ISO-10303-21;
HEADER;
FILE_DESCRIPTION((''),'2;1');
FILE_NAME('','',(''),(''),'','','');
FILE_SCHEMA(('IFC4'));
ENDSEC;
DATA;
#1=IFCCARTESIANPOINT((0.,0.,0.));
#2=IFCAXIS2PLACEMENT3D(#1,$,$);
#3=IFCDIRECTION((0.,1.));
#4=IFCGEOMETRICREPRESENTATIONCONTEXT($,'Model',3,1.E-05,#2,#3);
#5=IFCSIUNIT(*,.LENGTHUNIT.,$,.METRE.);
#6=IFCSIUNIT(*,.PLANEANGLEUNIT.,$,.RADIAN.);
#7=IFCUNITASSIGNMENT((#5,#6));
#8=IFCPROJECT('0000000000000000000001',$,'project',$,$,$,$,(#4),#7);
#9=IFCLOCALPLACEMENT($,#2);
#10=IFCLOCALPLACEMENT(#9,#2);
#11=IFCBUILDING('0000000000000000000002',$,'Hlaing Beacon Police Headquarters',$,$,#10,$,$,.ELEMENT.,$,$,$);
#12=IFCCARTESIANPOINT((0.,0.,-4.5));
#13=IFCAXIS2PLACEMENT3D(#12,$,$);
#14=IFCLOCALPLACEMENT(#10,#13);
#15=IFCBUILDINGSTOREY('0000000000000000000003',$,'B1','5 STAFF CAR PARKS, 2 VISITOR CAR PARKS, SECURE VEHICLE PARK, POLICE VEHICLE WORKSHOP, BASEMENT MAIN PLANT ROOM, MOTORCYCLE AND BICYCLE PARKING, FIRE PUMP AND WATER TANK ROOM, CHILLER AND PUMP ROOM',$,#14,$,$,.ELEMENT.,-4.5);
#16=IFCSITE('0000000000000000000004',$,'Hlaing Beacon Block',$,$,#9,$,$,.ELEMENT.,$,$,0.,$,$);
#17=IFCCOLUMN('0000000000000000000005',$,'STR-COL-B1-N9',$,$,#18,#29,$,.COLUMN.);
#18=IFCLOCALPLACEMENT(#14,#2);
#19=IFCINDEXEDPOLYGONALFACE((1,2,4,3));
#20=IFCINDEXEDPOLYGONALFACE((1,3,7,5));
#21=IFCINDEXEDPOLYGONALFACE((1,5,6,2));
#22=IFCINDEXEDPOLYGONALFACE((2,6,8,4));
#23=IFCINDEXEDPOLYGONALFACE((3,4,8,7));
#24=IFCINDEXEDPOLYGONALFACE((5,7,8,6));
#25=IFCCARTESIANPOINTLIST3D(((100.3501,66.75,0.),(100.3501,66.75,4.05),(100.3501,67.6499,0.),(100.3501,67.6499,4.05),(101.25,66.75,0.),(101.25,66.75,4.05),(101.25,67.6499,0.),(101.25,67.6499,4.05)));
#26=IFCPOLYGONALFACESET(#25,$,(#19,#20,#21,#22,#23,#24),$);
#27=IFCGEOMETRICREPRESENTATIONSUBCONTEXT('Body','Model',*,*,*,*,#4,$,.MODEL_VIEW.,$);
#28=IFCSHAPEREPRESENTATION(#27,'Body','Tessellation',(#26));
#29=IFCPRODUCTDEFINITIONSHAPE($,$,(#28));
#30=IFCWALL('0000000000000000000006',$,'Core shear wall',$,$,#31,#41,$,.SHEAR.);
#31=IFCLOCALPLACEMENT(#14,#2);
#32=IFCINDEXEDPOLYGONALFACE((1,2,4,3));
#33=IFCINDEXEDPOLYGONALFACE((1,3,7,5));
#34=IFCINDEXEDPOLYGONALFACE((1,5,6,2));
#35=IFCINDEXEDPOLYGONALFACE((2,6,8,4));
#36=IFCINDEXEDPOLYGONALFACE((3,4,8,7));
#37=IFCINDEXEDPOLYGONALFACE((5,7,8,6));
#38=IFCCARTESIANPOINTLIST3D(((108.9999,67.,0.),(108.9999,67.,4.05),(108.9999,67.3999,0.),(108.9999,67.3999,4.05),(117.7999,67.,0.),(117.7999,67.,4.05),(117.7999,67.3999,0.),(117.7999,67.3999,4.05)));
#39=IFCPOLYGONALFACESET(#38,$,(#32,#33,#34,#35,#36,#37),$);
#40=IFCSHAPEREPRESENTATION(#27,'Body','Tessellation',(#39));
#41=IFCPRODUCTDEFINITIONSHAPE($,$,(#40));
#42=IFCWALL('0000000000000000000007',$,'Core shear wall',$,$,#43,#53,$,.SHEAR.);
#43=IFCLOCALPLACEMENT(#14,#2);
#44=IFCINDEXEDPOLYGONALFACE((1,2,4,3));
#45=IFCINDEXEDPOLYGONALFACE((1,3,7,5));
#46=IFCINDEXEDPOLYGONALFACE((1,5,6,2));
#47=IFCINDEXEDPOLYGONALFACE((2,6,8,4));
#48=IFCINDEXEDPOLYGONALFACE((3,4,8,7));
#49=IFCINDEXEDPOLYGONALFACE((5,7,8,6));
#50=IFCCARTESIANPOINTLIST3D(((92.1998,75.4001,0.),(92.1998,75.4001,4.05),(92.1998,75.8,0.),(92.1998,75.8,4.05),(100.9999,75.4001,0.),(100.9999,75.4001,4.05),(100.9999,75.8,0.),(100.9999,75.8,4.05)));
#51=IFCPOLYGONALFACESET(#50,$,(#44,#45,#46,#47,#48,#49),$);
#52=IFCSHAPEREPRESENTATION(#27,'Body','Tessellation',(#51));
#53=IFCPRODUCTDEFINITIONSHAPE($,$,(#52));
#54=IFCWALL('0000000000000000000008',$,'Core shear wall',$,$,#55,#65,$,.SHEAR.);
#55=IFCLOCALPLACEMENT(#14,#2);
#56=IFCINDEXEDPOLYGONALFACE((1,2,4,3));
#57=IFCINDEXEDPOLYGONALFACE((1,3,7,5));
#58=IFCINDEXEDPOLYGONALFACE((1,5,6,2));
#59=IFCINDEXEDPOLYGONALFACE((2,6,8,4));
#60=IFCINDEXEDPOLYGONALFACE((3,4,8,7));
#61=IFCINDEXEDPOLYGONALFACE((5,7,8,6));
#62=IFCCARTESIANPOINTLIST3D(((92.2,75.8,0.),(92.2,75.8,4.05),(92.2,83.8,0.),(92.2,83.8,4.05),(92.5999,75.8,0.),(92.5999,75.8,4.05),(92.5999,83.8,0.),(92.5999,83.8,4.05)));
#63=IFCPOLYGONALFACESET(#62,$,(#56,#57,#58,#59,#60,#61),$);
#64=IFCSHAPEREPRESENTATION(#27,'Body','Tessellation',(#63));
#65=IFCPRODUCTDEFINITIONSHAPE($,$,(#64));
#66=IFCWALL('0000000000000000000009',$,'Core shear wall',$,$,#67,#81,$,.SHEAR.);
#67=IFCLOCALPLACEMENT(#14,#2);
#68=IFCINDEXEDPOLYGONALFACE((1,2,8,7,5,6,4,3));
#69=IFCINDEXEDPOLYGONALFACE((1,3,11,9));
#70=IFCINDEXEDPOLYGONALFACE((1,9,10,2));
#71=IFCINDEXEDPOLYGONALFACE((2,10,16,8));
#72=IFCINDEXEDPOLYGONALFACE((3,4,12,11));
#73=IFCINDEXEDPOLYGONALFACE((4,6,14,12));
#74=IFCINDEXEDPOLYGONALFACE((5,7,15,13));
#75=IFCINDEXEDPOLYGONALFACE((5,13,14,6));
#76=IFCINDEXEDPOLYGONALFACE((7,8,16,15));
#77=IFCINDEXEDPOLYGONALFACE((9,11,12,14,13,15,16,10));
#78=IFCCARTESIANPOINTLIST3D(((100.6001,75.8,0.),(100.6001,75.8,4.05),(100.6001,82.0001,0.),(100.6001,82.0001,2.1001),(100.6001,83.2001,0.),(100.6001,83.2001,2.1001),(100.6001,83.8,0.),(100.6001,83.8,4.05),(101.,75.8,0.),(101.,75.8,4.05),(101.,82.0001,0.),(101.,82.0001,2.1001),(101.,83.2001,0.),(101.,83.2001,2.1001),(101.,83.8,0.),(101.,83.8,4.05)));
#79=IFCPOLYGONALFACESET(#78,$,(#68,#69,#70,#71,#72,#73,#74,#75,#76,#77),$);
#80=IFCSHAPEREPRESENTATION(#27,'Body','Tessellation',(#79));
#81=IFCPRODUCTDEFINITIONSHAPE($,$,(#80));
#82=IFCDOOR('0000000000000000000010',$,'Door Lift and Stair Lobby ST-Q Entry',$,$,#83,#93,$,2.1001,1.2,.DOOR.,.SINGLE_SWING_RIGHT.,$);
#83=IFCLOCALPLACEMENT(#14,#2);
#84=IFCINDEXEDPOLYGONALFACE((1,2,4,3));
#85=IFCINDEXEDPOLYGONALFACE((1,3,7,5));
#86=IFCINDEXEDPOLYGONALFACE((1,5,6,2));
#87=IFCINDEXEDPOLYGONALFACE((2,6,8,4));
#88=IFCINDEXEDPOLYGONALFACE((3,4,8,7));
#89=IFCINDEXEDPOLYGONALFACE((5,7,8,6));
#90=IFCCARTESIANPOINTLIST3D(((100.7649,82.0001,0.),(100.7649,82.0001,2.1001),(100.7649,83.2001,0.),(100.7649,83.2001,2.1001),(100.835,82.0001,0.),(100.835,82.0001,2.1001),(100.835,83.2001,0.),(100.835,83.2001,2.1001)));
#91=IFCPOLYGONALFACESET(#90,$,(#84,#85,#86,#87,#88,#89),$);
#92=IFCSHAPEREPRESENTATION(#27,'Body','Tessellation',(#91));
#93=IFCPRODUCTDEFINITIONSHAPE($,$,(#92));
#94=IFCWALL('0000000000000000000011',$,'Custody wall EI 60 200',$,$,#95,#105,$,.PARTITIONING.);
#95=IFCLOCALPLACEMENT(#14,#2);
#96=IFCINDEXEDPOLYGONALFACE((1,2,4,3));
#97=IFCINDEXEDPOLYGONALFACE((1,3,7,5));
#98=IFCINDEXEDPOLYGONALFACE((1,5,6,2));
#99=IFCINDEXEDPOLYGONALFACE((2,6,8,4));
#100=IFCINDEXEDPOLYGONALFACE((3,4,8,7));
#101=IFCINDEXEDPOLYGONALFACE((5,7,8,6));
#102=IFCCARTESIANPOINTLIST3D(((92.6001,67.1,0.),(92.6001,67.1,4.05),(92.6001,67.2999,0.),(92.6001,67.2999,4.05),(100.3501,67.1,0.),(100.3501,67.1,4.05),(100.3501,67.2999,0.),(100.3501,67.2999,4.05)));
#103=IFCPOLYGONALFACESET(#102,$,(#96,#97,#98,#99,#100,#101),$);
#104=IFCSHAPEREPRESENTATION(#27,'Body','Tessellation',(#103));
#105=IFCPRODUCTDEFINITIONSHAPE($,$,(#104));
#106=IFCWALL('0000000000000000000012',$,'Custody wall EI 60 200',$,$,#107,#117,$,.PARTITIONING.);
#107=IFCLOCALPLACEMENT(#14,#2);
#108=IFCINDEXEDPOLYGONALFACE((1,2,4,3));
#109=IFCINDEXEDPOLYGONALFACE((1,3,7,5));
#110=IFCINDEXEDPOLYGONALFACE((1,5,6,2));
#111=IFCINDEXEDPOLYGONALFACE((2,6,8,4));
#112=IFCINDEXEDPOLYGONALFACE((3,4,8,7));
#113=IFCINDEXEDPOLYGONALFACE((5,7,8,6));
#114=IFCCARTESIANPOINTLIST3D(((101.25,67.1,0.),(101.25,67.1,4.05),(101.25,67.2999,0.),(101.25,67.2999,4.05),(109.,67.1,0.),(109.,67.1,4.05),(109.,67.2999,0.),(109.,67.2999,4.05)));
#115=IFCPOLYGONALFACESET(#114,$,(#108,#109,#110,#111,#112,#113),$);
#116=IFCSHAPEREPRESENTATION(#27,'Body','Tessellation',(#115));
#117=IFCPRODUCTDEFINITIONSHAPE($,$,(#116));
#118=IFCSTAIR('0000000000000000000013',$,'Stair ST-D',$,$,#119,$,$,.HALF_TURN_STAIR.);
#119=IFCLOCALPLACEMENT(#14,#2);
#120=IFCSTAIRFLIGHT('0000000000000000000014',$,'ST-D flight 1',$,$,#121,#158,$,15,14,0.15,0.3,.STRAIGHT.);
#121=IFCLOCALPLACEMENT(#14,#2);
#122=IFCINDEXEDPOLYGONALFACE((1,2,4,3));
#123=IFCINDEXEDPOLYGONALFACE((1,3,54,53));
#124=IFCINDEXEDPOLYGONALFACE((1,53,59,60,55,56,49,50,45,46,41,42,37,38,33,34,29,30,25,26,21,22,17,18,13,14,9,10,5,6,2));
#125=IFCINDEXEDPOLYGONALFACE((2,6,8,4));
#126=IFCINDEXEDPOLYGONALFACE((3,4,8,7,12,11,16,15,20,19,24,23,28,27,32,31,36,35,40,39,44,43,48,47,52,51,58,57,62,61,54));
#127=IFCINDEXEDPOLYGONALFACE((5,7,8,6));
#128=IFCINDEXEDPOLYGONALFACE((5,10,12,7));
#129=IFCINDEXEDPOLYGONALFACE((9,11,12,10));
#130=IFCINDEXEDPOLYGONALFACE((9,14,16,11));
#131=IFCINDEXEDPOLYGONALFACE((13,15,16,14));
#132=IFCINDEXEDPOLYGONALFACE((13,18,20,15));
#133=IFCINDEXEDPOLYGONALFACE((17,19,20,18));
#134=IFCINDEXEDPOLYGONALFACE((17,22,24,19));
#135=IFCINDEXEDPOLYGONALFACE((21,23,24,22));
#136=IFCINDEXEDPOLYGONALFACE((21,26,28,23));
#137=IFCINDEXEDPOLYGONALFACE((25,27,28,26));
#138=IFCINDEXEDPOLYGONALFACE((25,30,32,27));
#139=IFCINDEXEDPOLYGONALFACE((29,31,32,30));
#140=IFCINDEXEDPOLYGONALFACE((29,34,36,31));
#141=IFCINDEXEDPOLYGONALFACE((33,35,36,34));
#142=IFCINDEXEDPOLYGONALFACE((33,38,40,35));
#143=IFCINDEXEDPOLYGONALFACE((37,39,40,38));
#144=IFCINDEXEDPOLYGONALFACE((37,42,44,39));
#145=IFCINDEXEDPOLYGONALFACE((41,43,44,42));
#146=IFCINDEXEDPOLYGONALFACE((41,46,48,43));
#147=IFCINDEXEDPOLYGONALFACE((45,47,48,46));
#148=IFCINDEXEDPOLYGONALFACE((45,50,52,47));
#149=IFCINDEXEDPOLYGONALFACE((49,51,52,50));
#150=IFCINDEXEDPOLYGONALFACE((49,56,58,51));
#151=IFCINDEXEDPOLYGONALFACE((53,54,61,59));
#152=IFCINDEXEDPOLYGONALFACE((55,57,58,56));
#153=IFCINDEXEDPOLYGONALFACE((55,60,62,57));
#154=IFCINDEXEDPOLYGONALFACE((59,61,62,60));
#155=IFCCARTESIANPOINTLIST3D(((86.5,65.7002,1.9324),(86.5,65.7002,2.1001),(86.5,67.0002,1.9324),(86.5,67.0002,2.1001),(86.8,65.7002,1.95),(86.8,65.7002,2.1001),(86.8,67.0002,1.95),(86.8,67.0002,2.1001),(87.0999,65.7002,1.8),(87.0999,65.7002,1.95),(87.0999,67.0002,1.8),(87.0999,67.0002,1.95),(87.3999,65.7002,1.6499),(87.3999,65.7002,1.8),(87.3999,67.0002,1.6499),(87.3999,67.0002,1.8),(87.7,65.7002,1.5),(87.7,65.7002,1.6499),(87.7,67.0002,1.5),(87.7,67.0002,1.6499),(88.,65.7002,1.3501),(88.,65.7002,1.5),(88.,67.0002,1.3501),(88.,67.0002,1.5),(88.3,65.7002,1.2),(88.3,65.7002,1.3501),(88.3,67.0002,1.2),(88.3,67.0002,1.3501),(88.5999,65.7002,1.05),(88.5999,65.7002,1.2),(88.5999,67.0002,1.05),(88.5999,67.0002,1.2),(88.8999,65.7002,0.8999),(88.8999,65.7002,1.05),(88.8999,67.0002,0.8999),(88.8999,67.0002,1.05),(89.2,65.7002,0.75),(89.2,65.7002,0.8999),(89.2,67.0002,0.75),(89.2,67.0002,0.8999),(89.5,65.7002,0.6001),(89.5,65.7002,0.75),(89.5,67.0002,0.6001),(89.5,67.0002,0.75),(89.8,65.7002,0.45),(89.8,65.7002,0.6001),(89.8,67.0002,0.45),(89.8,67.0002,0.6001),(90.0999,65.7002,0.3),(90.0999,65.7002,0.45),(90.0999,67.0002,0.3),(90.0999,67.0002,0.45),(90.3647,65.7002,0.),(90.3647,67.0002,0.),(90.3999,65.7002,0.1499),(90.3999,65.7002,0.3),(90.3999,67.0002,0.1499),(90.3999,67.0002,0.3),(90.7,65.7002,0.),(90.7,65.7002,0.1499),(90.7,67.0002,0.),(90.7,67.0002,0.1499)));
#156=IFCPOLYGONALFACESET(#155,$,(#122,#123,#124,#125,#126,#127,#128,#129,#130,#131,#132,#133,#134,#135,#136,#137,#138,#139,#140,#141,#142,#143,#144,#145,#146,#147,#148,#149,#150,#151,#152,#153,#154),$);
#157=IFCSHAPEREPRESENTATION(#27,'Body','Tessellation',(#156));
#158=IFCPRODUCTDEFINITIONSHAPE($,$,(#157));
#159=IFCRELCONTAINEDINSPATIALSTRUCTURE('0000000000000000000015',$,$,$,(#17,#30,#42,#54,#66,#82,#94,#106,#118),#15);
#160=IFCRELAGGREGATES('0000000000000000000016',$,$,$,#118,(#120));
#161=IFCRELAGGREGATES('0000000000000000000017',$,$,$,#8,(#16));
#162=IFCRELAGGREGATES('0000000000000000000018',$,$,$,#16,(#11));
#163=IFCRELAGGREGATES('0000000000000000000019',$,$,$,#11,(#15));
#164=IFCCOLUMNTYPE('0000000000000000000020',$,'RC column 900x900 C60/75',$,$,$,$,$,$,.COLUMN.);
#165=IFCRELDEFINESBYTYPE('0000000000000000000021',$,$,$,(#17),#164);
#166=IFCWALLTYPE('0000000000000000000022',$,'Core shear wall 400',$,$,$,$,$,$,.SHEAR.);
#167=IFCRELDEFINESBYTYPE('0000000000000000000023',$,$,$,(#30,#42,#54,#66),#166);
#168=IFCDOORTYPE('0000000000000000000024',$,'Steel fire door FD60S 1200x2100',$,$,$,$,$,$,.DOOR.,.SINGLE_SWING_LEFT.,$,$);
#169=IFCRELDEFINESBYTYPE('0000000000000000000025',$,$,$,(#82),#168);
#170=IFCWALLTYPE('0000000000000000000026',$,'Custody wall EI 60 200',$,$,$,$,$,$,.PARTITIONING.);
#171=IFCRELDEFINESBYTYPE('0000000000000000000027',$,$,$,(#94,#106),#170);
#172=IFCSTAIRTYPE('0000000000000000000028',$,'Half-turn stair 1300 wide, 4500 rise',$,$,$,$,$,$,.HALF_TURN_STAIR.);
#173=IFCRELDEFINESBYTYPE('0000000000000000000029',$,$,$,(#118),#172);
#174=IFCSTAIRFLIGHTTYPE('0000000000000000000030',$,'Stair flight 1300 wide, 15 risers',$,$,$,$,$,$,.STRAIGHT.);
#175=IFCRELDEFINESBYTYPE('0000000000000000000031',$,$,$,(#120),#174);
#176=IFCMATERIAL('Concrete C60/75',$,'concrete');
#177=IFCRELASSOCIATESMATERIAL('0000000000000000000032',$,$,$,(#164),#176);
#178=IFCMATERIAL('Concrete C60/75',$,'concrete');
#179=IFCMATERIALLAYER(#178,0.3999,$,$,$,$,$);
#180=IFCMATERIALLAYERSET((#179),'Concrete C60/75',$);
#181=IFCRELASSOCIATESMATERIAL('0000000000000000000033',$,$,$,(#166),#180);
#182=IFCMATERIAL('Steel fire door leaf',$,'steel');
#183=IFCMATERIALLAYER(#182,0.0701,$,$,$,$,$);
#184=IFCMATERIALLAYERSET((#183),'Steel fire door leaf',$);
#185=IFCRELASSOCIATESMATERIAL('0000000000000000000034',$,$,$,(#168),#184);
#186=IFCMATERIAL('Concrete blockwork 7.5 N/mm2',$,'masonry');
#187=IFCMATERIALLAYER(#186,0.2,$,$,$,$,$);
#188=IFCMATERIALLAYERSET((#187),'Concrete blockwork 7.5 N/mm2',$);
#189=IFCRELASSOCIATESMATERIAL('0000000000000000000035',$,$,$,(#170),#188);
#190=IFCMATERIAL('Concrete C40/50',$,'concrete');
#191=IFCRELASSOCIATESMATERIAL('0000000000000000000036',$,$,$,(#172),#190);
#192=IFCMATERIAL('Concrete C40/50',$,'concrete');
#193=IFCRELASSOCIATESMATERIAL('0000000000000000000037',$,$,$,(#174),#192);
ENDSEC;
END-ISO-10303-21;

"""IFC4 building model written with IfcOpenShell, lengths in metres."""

from ifc_helpers import new_model, si_unit, direction, frame, frame_2d, origin, origin_2d, place, context, subcontext, project, spatial, polyline, rectangle, outline, extrude, material, layer, layer_set, material_profile, profile_set, type_object, element, fill, aggregate, save


model = new_model("IFC4")

# Units and contexts
model_context = context("Model", 3, precision=1e-05, world=origin(), true_north=direction((0.0, 1.0)))
body_context = subcontext(model_context, "Body", "Model", "MODEL_VIEW")
ifc_project = project(units=[si_unit("LENGTHUNIT", "METRE"), si_unit("PLANEANGLEUNIT", "RADIAN")], contexts=[model_context])

# Site, building, storey
site_placement = place(None, origin())
site = spatial("IfcSite", under=ifc_project, at=site_placement, Name="Hlaing Beacon Block", CompositionType="ELEMENT", RefElevation=0.0)
building_placement = place(site_placement, origin())
building = spatial("IfcBuilding", under=site, at=building_placement, Name="Hlaing Beacon Police Headquarters", CompositionType="ELEMENT")
storey_placement = place(building_placement, frame((0.0, 0.0, -4.5)))
storey = spatial("IfcBuildingStorey", under=building, at=storey_placement, Name="B1", Description="5 STAFF CAR PARKS, 2 VISITOR CAR PARKS, SECURE VEHICLE PARK, POLICE VEHICLE WORKSHOP, BASEMENT MAIN PLANT ROOM, MOTORCYCLE AND BICYCLE PARKING, FIRE PUMP AND WATER TANK ROOM, CHILLER AND PUMP ROOM", CompositionType="ELEMENT", Elevation=-4.5)

# Column
ifc_material_1 = material(Name="Concrete C60/75", Category="concrete")
ifc_material_profile_1 = material_profile(ifc_material_1, rectangle(XDim=0.8999, YDim=0.8999, at=origin_2d()), Name="900x900")
ifc_profile_set_1 = profile_set([ifc_material_profile_1], Name="Concrete C60/75")
column_type_1 = type_object("IfcColumnType", Name="RC column 900x900 C60/75", PredefinedType="COLUMN", material=ifc_profile_set_1)
column_1_placement = place(storey_placement, frame((100.8, 67.2, 0.0), z_axis=(0.0, 0.0, 1.0), x_axis=(1.0, 0.0, 0.0)))
element("IfcColumn", 1, at=column_1_placement, inside=storey, type_object=column_type_1, Name="STR-COL-B1-N9", PredefinedType="COLUMN", context=body_context, shape_type="SweptSolid", body=[
    extrude(rectangle(XDim=0.8999, YDim=0.8999, at=origin_2d()), origin(), (0.0, 0.0, 1.0), 4.05),
])

# Walls
ifc_material_2 = material(Name="Concrete C60/75", Category="concrete")
ifc_layer_1 = layer(ifc_material_2, 0.3999)
ifc_layer_set_1 = layer_set([ifc_layer_1], Name="Concrete C60/75")
wall_type_1 = type_object("IfcWallType", Name="Core shear wall 400", PredefinedType="SHEAR", material=ifc_layer_set_1)
for number, where, z_axis, x_axis, name in (
    (2, (109.0, 67.2, 0.0), (0.0, 0.0, 1.0), (1.0, 0.0, 0.0), "Core shear wall"),
    (3, (92.2, 75.6001, 0.0), (0.0, 0.0, 1.0), (1.0, 0.0, 0.0), "Core shear wall"),
):
    element("IfcWall", number, at=place(storey_placement, frame(where, z_axis=z_axis, x_axis=x_axis)), inside=storey, type_object=wall_type_1, Name=name, PredefinedType="SHEAR", context=body_context, shape_type="SweptSolid", body=[
        extrude(rectangle(XDim=8.8, YDim=0.3999, at=frame_2d((4.3999, 0.0))), origin(), (0.0, 0.0, 1.0), 4.05),
    ])
wall_1_placement = place(storey_placement, frame((92.3999, 75.8, 0.0), z_axis=(0.0, 0.0, 1.0), x_axis=(0.0, 1.0, 0.0)))
element("IfcWall", 4, at=wall_1_placement, inside=storey, type_object=wall_type_1, Name="Core shear wall", PredefinedType="SHEAR", context=body_context, shape_type="SweptSolid", body=[
    extrude(rectangle(XDim=8.0, YDim=0.3999, at=frame_2d((4.0, 0.0))), origin(), (0.0, 0.0, 1.0), 4.05),
])

# Wall, opening, door
wall_2_placement = place(storey_placement, frame((100.8, 75.8, 0.0), z_axis=(0.0, 0.0, 1.0), x_axis=(0.0, 1.0, 0.0)))
wall_2 = element("IfcWall", 5, at=wall_2_placement, inside=storey, type_object=wall_type_1, Name="Core shear wall", PredefinedType="SHEAR", context=body_context, shape_type="SweptSolid", body=[
    extrude(rectangle(XDim=8.0, YDim=0.3999, at=frame_2d((4.0, 0.0))), origin(), (0.0, 0.0, 1.0), 4.05),
])
opening_placement = place(wall_2_placement, frame((6.2, 0.0, 0.0)))
opening = element("IfcOpeningElement", 6, at=opening_placement, cuts=wall_2, PredefinedType="OPENING", context=body_context, shape_type="SweptSolid", body=[
    extrude(rectangle(XDim=1.2, YDim=2.1001, at=frame_2d((0.6001, 1.05))), frame((0.0, 0.21, 0.0), z_axis=(0.0, -1.0, 0.0), x_axis=(1.0, 0.0, 0.0)), (0.0, 0.0, 1.0), 0.4199),
])
ifc_material_3 = material(Name="Steel fire door leaf", Category="steel")
ifc_layer_2 = layer(ifc_material_3, 0.0701)
ifc_layer_set_2 = layer_set([ifc_layer_2], Name="Steel fire door leaf")
door_type = type_object("IfcDoorType", Name="Steel fire door FD60S 1200x2100", OperationType="SINGLE_SWING_LEFT", PredefinedType="DOOR", material=ifc_layer_set_2)
door_placement = place(opening_placement, origin())
door = element("IfcDoor", 7, at=door_placement, inside=storey, type_object=door_type, Name="Door Lift and Stair Lobby ST-Q Entry", OperationType="SINGLE_SWING_RIGHT", OverallHeight=2.1001, OverallWidth=1.2, PredefinedType="DOOR", context=body_context, shape_type="SweptSolid", body=[
    extrude(rectangle(XDim=1.2, YDim=2.1001, at=frame_2d((0.6001, 1.05))), frame((0.0, 0.0352, 0.0), z_axis=(0.0, -1.0, 0.0), x_axis=(1.0, 0.0, 0.0)), (0.0, 0.0, 1.0), 0.0701),
])
fill(opening, door)

# Walls
ifc_material_4 = material(Name="Concrete blockwork 7.5 N/mm2", Category="masonry")
ifc_layer_3 = layer(ifc_material_4, 0.2)
ifc_layer_set_3 = layer_set([ifc_layer_3], Name="Concrete blockwork 7.5 N/mm2")
wall_type_2 = type_object("IfcWallType", Name="Custody wall EI 60 200", PredefinedType="PARTITIONING", material=ifc_layer_set_3)
for number, where, z_axis, x_axis, name in (
    (8, (92.6001, 67.2, 0.0), (0.0, 0.0, 1.0), (1.0, 0.0, 0.0), "Custody wall EI 60 200"),
    (9, (101.25, 67.2, 0.0), (0.0, 0.0, 1.0), (1.0, 0.0, 0.0), "Custody wall EI 60 200"),
):
    element("IfcWall", number, at=place(storey_placement, frame(where, z_axis=z_axis, x_axis=x_axis)), inside=storey, type_object=wall_type_2, Name=name, PredefinedType="PARTITIONING", context=body_context, shape_type="SweptSolid", body=[
        extrude(rectangle(XDim=7.75, YDim=0.2, at=frame_2d((3.875, 0.0))), origin(), (0.0, 0.0, 1.0), 4.05),
    ])

# Stair, stair flight
ifc_material_5 = material(Name="Concrete C40/50", Category="concrete")
stair_type = type_object("IfcStairType", Name="Half-turn stair 1300 wide, 4500 rise", PredefinedType="HALF_TURN_STAIR", material=ifc_material_5)
stair_placement = place(storey_placement, origin())
stair = element("IfcStair", 10, at=stair_placement, inside=storey, type_object=stair_type, Name="Stair ST-D", PredefinedType="HALF_TURN_STAIR")
ifc_material_6 = material(Name="Concrete C40/50", Category="concrete")
stair_flight_type = type_object("IfcStairFlightType", Name="Stair flight 1300 wide, 15 risers", PredefinedType="STRAIGHT", material=ifc_material_6)
stair_flight_placement = place(storey_placement, frame((90.7, 66.3501, 0.0), z_axis=(0.0, 0.0, 1.0), x_axis=(-1.0, 0.0, 0.0)))
stair_flight = element("IfcStairFlight", 11, at=stair_flight_placement, type_object=stair_flight_type, Name="ST-D flight 1", NumberOfRisers=15, NumberOfTreads=14, PredefinedType="STRAIGHT", RiserHeight=0.15, TreadLength=0.3, context=body_context, shape_type="SweptSolid", body=[
    extrude(outline(polyline([(0.0, 0.0), (0.0, 0.1499), (0.3, 0.1499), (0.3, 0.3), (0.6001, 0.3), (0.6001, 0.45), (0.8999, 0.45), (0.8999, 0.6001), (1.2, 0.6001), (1.2, 0.75), (1.5, 0.75), (1.5, 0.8999), (1.8, 0.8999), (1.8, 1.05), (2.1001, 1.05), (2.1001, 1.2), (2.3999, 1.2), (2.3999, 1.3501), (2.7, 1.3501), (2.7, 1.5), (3.0, 1.5), (3.0, 1.6499), (3.3, 1.6499), (3.3, 1.8), (3.6001, 1.8), (3.6001, 1.95), (3.8999, 1.95), (3.8999, 2.1001), (4.2, 2.1001), (4.2, 2.25), (4.2, 1.9324), (0.3352, 0.0), (0.0, 0.0)])), frame((0.0, 0.6499, 0.0), z_axis=(0.0, -1.0, 0.0), x_axis=(1.0, 0.0, 0.0)), (0.0, 0.0, 1.0), 1.3),
])
aggregate(stair, [stair_flight])

save(model, "model.ifc")
